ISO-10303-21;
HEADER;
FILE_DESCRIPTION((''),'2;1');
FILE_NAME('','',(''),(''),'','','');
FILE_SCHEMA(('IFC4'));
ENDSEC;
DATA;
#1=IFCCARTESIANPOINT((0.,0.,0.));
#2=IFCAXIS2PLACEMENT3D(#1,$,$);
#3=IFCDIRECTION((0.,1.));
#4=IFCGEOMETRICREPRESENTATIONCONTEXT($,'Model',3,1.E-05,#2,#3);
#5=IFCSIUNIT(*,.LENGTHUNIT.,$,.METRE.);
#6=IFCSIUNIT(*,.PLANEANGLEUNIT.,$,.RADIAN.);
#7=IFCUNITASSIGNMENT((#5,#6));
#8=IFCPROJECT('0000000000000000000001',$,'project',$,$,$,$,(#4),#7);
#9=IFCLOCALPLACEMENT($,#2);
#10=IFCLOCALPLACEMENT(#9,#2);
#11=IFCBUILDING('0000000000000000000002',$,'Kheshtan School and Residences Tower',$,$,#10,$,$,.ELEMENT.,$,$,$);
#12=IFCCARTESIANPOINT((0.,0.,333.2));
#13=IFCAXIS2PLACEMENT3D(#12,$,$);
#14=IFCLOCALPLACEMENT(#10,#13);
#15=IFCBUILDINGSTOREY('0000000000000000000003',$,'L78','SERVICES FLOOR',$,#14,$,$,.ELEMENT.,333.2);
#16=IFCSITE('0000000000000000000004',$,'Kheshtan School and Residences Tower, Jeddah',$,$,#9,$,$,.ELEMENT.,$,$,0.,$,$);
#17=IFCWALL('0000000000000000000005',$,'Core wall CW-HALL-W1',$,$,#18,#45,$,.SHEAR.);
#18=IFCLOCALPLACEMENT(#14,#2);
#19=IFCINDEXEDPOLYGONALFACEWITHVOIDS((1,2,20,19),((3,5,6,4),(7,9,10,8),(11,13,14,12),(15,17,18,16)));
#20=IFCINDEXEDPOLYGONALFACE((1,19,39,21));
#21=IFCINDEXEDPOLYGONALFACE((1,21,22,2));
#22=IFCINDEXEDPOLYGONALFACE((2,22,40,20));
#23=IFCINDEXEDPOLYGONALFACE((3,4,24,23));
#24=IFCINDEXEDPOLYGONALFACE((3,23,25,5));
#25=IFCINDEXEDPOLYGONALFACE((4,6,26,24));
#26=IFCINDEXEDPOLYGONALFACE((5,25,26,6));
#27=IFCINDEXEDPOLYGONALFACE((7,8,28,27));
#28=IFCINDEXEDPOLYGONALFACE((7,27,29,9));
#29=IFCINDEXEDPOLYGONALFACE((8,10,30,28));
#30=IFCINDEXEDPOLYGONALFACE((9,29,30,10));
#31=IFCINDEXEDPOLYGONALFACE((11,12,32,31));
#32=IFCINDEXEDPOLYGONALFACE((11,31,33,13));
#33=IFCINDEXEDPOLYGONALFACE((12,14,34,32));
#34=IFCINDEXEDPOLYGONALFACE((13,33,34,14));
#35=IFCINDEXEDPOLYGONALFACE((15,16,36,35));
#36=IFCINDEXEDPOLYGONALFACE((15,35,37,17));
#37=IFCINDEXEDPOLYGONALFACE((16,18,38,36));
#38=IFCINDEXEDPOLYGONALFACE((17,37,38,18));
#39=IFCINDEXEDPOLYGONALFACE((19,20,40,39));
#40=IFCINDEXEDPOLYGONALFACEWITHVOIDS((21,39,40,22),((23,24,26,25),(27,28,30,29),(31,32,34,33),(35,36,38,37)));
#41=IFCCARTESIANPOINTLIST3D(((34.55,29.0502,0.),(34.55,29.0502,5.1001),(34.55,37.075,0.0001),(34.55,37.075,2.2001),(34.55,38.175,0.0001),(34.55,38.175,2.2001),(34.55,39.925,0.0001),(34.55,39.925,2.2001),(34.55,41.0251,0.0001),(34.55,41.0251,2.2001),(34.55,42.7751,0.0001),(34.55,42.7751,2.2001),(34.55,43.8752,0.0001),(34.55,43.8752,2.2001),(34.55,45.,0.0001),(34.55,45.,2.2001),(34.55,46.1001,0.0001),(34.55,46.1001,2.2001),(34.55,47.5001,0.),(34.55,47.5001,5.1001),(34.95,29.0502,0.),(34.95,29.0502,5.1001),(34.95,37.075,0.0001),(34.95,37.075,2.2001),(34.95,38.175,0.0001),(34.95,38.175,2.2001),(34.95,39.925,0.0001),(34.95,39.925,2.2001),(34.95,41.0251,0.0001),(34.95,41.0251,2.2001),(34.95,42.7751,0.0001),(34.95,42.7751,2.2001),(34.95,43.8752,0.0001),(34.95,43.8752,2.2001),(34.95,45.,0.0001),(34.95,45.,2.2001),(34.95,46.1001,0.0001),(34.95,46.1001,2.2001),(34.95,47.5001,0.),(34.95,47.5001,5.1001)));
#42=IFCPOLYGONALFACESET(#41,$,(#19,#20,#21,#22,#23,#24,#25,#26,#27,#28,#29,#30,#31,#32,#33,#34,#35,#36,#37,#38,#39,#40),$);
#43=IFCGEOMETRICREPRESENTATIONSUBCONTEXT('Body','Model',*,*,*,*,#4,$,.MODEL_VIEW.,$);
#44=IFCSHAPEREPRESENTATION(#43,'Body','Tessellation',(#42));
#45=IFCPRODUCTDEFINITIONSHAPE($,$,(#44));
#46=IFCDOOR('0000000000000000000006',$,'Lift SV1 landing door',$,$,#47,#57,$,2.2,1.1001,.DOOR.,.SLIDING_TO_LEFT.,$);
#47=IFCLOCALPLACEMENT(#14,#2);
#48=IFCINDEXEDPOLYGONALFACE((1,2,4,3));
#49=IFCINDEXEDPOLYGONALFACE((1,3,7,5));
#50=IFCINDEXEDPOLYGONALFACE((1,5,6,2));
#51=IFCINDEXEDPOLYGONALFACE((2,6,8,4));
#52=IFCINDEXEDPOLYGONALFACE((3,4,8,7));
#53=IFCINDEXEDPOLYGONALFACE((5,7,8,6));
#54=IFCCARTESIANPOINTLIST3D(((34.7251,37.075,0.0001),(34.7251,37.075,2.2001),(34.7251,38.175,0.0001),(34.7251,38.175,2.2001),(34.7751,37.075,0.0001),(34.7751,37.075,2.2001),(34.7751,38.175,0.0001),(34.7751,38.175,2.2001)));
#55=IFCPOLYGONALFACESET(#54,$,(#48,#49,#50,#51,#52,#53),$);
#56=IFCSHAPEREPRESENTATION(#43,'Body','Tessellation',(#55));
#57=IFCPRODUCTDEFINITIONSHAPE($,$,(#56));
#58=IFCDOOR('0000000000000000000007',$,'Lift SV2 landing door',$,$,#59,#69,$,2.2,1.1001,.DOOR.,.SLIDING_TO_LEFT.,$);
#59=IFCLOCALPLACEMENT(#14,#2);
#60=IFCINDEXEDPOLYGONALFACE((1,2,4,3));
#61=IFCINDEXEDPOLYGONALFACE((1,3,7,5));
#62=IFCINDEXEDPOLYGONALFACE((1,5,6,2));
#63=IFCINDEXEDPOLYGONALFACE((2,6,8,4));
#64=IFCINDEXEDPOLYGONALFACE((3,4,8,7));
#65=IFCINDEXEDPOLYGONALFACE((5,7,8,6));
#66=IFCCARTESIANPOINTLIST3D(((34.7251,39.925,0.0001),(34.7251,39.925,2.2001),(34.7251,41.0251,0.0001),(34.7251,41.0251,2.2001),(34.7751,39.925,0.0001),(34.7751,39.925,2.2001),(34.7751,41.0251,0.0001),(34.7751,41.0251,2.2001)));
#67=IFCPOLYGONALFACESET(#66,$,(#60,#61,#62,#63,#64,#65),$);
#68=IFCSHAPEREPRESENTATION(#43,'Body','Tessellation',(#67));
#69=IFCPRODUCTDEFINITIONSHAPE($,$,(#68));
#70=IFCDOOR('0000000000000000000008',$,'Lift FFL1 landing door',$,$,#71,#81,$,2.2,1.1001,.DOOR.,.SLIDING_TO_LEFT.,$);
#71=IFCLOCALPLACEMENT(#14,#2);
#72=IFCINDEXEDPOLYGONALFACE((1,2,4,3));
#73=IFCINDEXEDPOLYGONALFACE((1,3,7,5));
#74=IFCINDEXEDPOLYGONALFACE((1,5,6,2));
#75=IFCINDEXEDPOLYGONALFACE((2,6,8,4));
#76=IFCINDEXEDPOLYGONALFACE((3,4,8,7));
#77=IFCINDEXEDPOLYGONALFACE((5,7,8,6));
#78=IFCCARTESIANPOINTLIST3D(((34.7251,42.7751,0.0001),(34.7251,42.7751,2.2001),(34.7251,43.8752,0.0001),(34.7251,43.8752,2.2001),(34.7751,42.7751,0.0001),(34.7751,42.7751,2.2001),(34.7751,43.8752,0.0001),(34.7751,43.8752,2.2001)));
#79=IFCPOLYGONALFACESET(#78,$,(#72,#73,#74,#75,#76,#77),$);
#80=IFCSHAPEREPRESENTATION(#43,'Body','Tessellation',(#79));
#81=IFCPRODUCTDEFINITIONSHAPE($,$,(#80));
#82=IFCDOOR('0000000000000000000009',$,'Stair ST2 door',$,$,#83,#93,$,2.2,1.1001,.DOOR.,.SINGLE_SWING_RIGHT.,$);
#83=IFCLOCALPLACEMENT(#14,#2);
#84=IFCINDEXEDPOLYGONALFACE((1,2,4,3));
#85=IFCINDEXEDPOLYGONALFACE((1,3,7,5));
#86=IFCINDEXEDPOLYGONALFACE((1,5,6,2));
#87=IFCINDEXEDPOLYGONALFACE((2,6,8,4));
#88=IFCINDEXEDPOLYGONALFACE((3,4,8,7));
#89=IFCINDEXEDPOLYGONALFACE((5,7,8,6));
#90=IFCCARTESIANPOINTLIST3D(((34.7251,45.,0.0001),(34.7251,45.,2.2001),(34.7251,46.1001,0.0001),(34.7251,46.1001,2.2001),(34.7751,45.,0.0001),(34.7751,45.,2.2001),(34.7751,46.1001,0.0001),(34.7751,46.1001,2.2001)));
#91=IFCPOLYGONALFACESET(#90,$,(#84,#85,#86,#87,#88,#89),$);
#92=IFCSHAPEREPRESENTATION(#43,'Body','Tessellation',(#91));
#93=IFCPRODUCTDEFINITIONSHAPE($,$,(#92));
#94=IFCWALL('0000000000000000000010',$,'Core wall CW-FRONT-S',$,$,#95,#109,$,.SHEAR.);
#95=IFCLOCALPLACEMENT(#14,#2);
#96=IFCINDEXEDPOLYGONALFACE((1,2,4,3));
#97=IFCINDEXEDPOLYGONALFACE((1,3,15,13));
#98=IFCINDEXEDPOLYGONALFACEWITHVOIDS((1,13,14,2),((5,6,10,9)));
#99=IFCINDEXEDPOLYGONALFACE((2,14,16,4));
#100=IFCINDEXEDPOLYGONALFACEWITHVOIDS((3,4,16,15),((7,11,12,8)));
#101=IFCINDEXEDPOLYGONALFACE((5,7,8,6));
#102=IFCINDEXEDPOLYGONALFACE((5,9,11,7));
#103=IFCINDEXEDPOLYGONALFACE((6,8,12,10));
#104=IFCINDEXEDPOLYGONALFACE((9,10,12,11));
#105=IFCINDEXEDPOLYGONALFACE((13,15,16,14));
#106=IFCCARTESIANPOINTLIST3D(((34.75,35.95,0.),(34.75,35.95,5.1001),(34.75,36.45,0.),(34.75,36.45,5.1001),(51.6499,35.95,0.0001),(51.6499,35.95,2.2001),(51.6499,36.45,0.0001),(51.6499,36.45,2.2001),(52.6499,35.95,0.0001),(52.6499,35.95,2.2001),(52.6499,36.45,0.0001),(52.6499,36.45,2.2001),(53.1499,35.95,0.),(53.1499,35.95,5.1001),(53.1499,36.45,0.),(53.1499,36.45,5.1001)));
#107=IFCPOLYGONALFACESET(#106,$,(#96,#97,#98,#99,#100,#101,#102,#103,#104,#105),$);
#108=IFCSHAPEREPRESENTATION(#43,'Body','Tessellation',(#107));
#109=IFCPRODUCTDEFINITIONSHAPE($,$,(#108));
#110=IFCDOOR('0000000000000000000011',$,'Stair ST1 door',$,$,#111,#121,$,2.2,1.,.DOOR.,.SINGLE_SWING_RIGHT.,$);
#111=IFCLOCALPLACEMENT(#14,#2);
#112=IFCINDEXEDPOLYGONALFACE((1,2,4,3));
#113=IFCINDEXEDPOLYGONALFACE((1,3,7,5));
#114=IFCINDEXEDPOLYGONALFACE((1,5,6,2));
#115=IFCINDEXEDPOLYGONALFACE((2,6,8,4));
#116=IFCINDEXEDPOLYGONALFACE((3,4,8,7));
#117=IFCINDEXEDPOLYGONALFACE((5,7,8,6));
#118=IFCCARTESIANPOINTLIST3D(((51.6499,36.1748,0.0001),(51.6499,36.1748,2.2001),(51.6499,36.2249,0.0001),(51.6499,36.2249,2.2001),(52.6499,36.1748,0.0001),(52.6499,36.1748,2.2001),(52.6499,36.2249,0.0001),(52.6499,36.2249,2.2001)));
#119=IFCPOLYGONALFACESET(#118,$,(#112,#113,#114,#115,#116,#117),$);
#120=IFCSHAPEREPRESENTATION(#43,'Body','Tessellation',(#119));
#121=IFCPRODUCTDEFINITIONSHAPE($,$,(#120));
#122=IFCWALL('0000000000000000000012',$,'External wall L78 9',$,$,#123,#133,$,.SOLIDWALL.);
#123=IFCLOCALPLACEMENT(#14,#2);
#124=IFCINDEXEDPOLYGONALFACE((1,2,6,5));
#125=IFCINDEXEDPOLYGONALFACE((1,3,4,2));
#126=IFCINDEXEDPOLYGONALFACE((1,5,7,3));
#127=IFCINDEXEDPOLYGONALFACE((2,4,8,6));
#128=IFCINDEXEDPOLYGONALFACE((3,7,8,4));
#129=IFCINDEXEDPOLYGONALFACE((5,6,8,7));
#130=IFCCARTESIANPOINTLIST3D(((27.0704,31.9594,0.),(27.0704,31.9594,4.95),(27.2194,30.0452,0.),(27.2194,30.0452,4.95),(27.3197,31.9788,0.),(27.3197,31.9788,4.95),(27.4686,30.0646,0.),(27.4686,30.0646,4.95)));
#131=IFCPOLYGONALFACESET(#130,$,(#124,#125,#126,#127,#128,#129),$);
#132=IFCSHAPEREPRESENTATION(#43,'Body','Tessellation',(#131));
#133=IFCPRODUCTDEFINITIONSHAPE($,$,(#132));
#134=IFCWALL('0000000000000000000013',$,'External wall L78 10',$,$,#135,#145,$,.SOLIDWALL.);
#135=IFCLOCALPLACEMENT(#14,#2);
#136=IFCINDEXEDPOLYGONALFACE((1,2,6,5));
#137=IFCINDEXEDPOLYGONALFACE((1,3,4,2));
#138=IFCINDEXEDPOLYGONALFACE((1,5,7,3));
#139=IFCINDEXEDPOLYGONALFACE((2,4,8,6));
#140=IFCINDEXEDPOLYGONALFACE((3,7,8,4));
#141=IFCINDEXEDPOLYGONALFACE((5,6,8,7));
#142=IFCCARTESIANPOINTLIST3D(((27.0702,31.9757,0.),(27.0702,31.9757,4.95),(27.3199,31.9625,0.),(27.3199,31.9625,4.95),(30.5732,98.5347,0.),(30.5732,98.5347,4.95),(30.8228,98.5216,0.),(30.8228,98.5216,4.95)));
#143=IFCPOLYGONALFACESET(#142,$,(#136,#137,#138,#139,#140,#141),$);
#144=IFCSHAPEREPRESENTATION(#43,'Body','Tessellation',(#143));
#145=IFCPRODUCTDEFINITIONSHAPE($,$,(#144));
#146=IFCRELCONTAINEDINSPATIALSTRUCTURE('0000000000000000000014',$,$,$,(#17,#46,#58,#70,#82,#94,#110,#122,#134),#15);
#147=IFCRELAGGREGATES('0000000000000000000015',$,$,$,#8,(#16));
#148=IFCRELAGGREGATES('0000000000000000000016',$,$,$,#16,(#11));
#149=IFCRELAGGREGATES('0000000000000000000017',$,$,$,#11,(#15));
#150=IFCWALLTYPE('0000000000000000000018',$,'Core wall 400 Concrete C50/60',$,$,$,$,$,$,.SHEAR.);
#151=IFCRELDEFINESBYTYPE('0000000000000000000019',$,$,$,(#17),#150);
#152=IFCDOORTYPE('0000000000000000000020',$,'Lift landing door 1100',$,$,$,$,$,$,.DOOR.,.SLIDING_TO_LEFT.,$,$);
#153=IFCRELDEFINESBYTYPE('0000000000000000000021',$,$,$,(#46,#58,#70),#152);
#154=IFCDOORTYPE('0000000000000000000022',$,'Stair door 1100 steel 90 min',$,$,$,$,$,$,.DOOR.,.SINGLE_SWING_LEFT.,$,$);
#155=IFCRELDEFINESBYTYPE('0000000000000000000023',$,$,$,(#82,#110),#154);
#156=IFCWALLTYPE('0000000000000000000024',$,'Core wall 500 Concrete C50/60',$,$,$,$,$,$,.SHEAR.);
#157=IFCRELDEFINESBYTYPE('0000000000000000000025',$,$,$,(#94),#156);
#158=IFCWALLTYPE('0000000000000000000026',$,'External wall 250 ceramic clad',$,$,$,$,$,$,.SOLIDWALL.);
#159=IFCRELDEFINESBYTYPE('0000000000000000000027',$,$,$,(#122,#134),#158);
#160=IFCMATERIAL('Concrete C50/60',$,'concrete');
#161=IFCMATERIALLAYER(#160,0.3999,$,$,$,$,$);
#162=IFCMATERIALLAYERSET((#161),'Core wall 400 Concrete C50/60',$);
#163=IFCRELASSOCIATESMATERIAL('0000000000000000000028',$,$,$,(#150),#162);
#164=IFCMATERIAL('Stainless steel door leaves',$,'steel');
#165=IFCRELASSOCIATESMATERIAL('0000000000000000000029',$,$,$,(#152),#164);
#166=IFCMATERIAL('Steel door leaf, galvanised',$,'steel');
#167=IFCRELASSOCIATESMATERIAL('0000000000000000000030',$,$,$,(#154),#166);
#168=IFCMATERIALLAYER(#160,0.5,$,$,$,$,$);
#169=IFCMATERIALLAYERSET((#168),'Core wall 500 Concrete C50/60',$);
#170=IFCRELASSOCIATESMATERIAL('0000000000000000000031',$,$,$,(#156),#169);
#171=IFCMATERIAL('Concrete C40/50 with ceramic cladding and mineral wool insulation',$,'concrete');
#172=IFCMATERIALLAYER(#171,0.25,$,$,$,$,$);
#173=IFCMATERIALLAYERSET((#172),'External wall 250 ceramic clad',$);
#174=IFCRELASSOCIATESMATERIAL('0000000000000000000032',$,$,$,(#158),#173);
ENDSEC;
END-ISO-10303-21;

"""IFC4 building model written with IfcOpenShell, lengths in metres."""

from ifc_helpers import new_model, si_unit, direction, frame, frame_2d, origin, place, context, subcontext, project, spatial, rectangle, extrude, source, transform, mapped, material, layer, layer_set, type_object, element, fill, save


model = new_model("IFC4")

# Units and contexts
model_context = context("Model", 3, precision=1e-05, world=origin(), true_north=direction((0.0, 1.0)))
body_context = subcontext(model_context, "Body", "Model", "MODEL_VIEW")
ifc_project = project(units=[si_unit("LENGTHUNIT", "METRE"), si_unit("PLANEANGLEUNIT", "RADIAN")], contexts=[model_context])

# Site, building, storey
site_placement = place(None, origin())
site = spatial("IfcSite", under=ifc_project, at=site_placement, Name="Kheshtan School and Residences Tower, Jeddah", CompositionType="ELEMENT", RefElevation=0.0)
building_placement = place(site_placement, origin())
building = spatial("IfcBuilding", under=site, at=building_placement, Name="Kheshtan School and Residences Tower", CompositionType="ELEMENT")
storey_placement = place(building_placement, frame((0.0, 0.0, 333.2)))
storey = spatial("IfcBuildingStorey", under=building, at=storey_placement, Name="L78", Description="SERVICES FLOOR", CompositionType="ELEMENT", Elevation=333.2)

# Wall, openings, doors
ifc_material_1 = material(Name="Concrete C50/60", Category="concrete")
ifc_layer_1 = layer(ifc_material_1, 0.3999)
ifc_layer_set_1 = layer_set([ifc_layer_1], Name="Core wall 400 Concrete C50/60")
wall_type_1 = type_object("IfcWallType", Name="Core wall 400 Concrete C50/60", PredefinedType="SHEAR", material=ifc_layer_set_1)
ifc_material_2 = material(Name="Stainless steel door leaves", Category="steel")
door_type_1 = type_object("IfcDoorType", Name="Lift landing door 1100", OperationType="SLIDING_TO_LEFT", PredefinedType="DOOR", material=ifc_material_2)
shared_shape_1 = source(origin(), body_context, "Body", "SweptSolid", [
    extrude(rectangle(XDim=1.1001, YDim=2.2, at=frame_2d((0.55, 1.1001))), frame((0.0, 0.0249, 0.0), z_axis=(0.0, -1.0, 0.0), x_axis=(1.0, 0.0, 0.0)), (0.0, 0.0, 1.0), 0.05),
])
wall_1_placement = place(storey_placement, frame((34.75, 29.05, 0.0), z_axis=(0.0, 0.0, 1.0), x_axis=(0.0, 1.0, 0.0)))
wall_1 = element("IfcWall", 1, at=wall_1_placement, inside=storey, type_object=wall_type_1, Name="Core wall CW-HALL-W1", PredefinedType="SHEAR", context=body_context, shape_type="SweptSolid", body=[
    extrude(rectangle(XDim=18.45, YDim=0.3999, at=frame_2d((9.2251, 0.0))), origin(), (0.0, 0.0, 1.0), 5.1001),
])
opening_1_placement = place(wall_1_placement, frame((8.0249, 0.0, 0.0)))
opening_1 = element("IfcOpeningElement", 2, at=opening_1_placement, cuts=wall_1, PredefinedType="OPENING", context=body_context, shape_type="SweptSolid", body=[
    extrude(rectangle(XDim=1.1001, YDim=2.2, at=frame_2d((0.55, 1.1001))), frame((0.0, 0.21, 0.0), z_axis=(0.0, -1.0, 0.0), x_axis=(1.0, 0.0, 0.0)), (0.0, 0.0, 1.0), 0.4199),
])
opening_2_placement = place(wall_1_placement, frame((10.875, 0.0, 0.0)))
opening_2 = element("IfcOpeningElement", 3, at=opening_2_placement, cuts=wall_1, PredefinedType="OPENING", context=body_context, shape_type="SweptSolid", body=[
    extrude(rectangle(XDim=1.1001, YDim=2.2, at=frame_2d((0.55, 1.1001))), frame((0.0, 0.21, 0.0), z_axis=(0.0, -1.0, 0.0), x_axis=(1.0, 0.0, 0.0)), (0.0, 0.0, 1.0), 0.4199),
])
opening_3_placement = place(wall_1_placement, frame((13.7251, 0.0, 0.0)))
opening_3 = element("IfcOpeningElement", 4, at=opening_3_placement, cuts=wall_1, PredefinedType="OPENING", context=body_context, shape_type="SweptSolid", body=[
    extrude(rectangle(XDim=1.1001, YDim=2.2, at=frame_2d((0.55, 1.1001))), frame((0.0, 0.21, 0.0), z_axis=(0.0, -1.0, 0.0), x_axis=(1.0, 0.0, 0.0)), (0.0, 0.0, 1.0), 0.4199),
])
opening_4_placement = place(wall_1_placement, frame((15.95, 0.0, 0.0)))
opening_4 = element("IfcOpeningElement", 5, at=opening_4_placement, cuts=wall_1, PredefinedType="OPENING", context=body_context, shape_type="SweptSolid", body=[
    extrude(rectangle(XDim=1.1001, YDim=2.2, at=frame_2d((0.55, 1.1001))), frame((0.0, 0.21, 0.0), z_axis=(0.0, -1.0, 0.0), x_axis=(1.0, 0.0, 0.0)), (0.0, 0.0, 1.0), 0.4199),
])
door_1_placement = place(opening_1_placement, origin())
door_1 = element("IfcDoor", 6, at=door_1_placement, inside=storey, type_object=door_type_1, Name="Lift SV1 landing door", OperationType="SLIDING_TO_LEFT", OverallHeight=2.2, OverallWidth=1.1001, PredefinedType="DOOR", context=body_context, shape_type="MappedRepresentation", body=[
    mapped(shared_shape_1, transform((0.0, 0.0, 0.0), x_axis=(1.0, 0.0, 0.0), y_axis=(0.0, 1.0, 0.0), z_axis=(0.0, 0.0, 1.0), scale=1.0)),
])
fill(opening_1, door_1)
door_2_placement = place(opening_2_placement, origin())
door_2 = element("IfcDoor", 7, at=door_2_placement, inside=storey, type_object=door_type_1, Name="Lift SV2 landing door", OperationType="SLIDING_TO_LEFT", OverallHeight=2.2, OverallWidth=1.1001, PredefinedType="DOOR", context=body_context, shape_type="MappedRepresentation", body=[
    mapped(shared_shape_1, transform((0.0, 0.0, 0.0), x_axis=(1.0, 0.0, 0.0), y_axis=(0.0, 1.0, 0.0), z_axis=(0.0, 0.0, 1.0), scale=1.0)),
])
fill(opening_2, door_2)
door_3_placement = place(opening_3_placement, origin())
door_3 = element("IfcDoor", 8, at=door_3_placement, inside=storey, type_object=door_type_1, Name="Lift FFL1 landing door", OperationType="SLIDING_TO_LEFT", OverallHeight=2.2, OverallWidth=1.1001, PredefinedType="DOOR", context=body_context, shape_type="MappedRepresentation", body=[
    mapped(shared_shape_1, transform((0.0, 0.0, 0.0), x_axis=(1.0, 0.0, 0.0), y_axis=(0.0, 1.0, 0.0), z_axis=(0.0, 0.0, 1.0), scale=1.0)),
])
fill(opening_3, door_3)
ifc_material_3 = material(Name="Steel door leaf, galvanised", Category="steel")
door_type_2 = type_object("IfcDoorType", Name="Stair door 1100 steel 90 min", OperationType="SINGLE_SWING_LEFT", PredefinedType="DOOR", material=ifc_material_3)
shared_shape_2 = source(origin(), body_context, "Body", "SweptSolid", [
    extrude(rectangle(XDim=1.1001, YDim=2.2, at=frame_2d((0.55, 1.1001))), frame((0.0, 0.0249, 0.0), z_axis=(0.0, -1.0, 0.0), x_axis=(1.0, 0.0, 0.0)), (0.0, 0.0, 1.0), 0.05),
])
door_4_placement = place(opening_4_placement, origin())
door_4 = element("IfcDoor", 9, at=door_4_placement, inside=storey, type_object=door_type_2, Name="Stair ST2 door", OperationType="SINGLE_SWING_RIGHT", OverallHeight=2.2, OverallWidth=1.1001, PredefinedType="DOOR", context=body_context, shape_type="MappedRepresentation", body=[
    mapped(shared_shape_2, transform((0.0, 0.0, 0.0), x_axis=(1.0, 0.0, 0.0), y_axis=(0.0, 1.0, 0.0), z_axis=(0.0, 0.0, 1.0), scale=1.0)),
])
fill(opening_4, door_4)

# Wall, opening, door
ifc_layer_2 = layer(ifc_material_1, 0.5)
ifc_layer_set_2 = layer_set([ifc_layer_2], Name="Core wall 500 Concrete C50/60")
wall_type_2 = type_object("IfcWallType", Name="Core wall 500 Concrete C50/60", PredefinedType="SHEAR", material=ifc_layer_set_2)
wall_2_placement = place(storey_placement, frame((34.75, 36.2, 0.0), z_axis=(0.0, 0.0, 1.0), x_axis=(1.0, 0.0, 0.0)))
wall_2 = element("IfcWall", 10, at=wall_2_placement, inside=storey, type_object=wall_type_2, Name="Core wall CW-FRONT-S", PredefinedType="SHEAR", context=body_context, shape_type="SweptSolid", body=[
    extrude(rectangle(XDim=18.3999, YDim=0.5, at=frame_2d((9.2, 0.0))), origin(), (0.0, 0.0, 1.0), 5.1001),
])
opening_5_placement = place(wall_2_placement, frame((16.8999, 0.0, 0.0)))
opening_5 = element("IfcOpeningElement", 11, at=opening_5_placement, cuts=wall_2, PredefinedType="OPENING", context=body_context, shape_type="SweptSolid", body=[
    extrude(rectangle(XDim=1.0, YDim=2.2, at=frame_2d((0.5, 1.1001))), frame((0.0, 0.26, 0.0), z_axis=(0.0, -1.0, 0.0), x_axis=(1.0, 0.0, 0.0)), (0.0, 0.0, 1.0), 0.52),
])
shared_shape_3 = source(origin(), body_context, "Body", "SweptSolid", [
    extrude(rectangle(XDim=1.0, YDim=2.2, at=frame_2d((0.5, 1.1001))), frame((0.0, 0.0249, 0.0), z_axis=(0.0, -1.0, 0.0), x_axis=(1.0, 0.0, 0.0)), (0.0, 0.0, 1.0), 0.05),
])
door_5_placement = place(opening_5_placement, origin())
door_5 = element("IfcDoor", 12, at=door_5_placement, inside=storey, type_object=door_type_2, Name="Stair ST1 door", OperationType="SINGLE_SWING_RIGHT", OverallHeight=2.2, OverallWidth=1.0, PredefinedType="DOOR", context=body_context, shape_type="MappedRepresentation", body=[
    mapped(shared_shape_3, transform((0.0, 0.0, 0.0), x_axis=(1.0, 0.0, 0.0), y_axis=(0.0, 1.0, 0.0), z_axis=(0.0, 0.0, 1.0), scale=1.0)),
])
fill(opening_5, door_5)

# Walls
ifc_material_4 = material(Name="Concrete C40/50 with ceramic cladding and mineral wool insulation", Category="concrete")
ifc_layer_3 = layer(ifc_material_4, 0.25)
ifc_layer_set_3 = layer_set([ifc_layer_3], Name="External wall 250 ceramic clad")
wall_type_3 = type_object("IfcWallType", Name="External wall 250 ceramic clad", PredefinedType="SOLIDWALL", material=ifc_layer_set_3)
wall_3_placement = place(storey_placement, frame((27.344, 30.0549, 0.0), z_axis=(0.0, 0.0, 1.0), x_axis=(-0.077572, 0.996987, 0.0)))
element("IfcWall", 13, at=wall_3_placement, inside=storey, type_object=wall_type_3, Name="External wall L78 9", PredefinedType="SOLIDWALL", context=body_context, shape_type="SweptSolid", body=[
    extrude(rectangle(XDim=1.9199, YDim=0.25, at=frame_2d((0.96, 0.0))), origin(), (0.0, 0.0, 1.0), 4.95),
])
wall_4_placement = place(storey_placement, frame((27.1951, 31.969, 0.0), z_axis=(0.0, 0.0, 1.0), x_axis=(0.052556, 0.998618, 0.0)))
element("IfcWall", 14, at=wall_4_placement, inside=storey, type_object=wall_type_3, Name="External wall L78 10", PredefinedType="SOLIDWALL", context=body_context, shape_type="SweptSolid", body=[
    extrude(rectangle(XDim=66.6511, YDim=0.25, at=frame_2d((33.3257, 0.0))), origin(), (0.0, 0.0, 1.0), 4.95),
])

save(model, "model.ifc")
